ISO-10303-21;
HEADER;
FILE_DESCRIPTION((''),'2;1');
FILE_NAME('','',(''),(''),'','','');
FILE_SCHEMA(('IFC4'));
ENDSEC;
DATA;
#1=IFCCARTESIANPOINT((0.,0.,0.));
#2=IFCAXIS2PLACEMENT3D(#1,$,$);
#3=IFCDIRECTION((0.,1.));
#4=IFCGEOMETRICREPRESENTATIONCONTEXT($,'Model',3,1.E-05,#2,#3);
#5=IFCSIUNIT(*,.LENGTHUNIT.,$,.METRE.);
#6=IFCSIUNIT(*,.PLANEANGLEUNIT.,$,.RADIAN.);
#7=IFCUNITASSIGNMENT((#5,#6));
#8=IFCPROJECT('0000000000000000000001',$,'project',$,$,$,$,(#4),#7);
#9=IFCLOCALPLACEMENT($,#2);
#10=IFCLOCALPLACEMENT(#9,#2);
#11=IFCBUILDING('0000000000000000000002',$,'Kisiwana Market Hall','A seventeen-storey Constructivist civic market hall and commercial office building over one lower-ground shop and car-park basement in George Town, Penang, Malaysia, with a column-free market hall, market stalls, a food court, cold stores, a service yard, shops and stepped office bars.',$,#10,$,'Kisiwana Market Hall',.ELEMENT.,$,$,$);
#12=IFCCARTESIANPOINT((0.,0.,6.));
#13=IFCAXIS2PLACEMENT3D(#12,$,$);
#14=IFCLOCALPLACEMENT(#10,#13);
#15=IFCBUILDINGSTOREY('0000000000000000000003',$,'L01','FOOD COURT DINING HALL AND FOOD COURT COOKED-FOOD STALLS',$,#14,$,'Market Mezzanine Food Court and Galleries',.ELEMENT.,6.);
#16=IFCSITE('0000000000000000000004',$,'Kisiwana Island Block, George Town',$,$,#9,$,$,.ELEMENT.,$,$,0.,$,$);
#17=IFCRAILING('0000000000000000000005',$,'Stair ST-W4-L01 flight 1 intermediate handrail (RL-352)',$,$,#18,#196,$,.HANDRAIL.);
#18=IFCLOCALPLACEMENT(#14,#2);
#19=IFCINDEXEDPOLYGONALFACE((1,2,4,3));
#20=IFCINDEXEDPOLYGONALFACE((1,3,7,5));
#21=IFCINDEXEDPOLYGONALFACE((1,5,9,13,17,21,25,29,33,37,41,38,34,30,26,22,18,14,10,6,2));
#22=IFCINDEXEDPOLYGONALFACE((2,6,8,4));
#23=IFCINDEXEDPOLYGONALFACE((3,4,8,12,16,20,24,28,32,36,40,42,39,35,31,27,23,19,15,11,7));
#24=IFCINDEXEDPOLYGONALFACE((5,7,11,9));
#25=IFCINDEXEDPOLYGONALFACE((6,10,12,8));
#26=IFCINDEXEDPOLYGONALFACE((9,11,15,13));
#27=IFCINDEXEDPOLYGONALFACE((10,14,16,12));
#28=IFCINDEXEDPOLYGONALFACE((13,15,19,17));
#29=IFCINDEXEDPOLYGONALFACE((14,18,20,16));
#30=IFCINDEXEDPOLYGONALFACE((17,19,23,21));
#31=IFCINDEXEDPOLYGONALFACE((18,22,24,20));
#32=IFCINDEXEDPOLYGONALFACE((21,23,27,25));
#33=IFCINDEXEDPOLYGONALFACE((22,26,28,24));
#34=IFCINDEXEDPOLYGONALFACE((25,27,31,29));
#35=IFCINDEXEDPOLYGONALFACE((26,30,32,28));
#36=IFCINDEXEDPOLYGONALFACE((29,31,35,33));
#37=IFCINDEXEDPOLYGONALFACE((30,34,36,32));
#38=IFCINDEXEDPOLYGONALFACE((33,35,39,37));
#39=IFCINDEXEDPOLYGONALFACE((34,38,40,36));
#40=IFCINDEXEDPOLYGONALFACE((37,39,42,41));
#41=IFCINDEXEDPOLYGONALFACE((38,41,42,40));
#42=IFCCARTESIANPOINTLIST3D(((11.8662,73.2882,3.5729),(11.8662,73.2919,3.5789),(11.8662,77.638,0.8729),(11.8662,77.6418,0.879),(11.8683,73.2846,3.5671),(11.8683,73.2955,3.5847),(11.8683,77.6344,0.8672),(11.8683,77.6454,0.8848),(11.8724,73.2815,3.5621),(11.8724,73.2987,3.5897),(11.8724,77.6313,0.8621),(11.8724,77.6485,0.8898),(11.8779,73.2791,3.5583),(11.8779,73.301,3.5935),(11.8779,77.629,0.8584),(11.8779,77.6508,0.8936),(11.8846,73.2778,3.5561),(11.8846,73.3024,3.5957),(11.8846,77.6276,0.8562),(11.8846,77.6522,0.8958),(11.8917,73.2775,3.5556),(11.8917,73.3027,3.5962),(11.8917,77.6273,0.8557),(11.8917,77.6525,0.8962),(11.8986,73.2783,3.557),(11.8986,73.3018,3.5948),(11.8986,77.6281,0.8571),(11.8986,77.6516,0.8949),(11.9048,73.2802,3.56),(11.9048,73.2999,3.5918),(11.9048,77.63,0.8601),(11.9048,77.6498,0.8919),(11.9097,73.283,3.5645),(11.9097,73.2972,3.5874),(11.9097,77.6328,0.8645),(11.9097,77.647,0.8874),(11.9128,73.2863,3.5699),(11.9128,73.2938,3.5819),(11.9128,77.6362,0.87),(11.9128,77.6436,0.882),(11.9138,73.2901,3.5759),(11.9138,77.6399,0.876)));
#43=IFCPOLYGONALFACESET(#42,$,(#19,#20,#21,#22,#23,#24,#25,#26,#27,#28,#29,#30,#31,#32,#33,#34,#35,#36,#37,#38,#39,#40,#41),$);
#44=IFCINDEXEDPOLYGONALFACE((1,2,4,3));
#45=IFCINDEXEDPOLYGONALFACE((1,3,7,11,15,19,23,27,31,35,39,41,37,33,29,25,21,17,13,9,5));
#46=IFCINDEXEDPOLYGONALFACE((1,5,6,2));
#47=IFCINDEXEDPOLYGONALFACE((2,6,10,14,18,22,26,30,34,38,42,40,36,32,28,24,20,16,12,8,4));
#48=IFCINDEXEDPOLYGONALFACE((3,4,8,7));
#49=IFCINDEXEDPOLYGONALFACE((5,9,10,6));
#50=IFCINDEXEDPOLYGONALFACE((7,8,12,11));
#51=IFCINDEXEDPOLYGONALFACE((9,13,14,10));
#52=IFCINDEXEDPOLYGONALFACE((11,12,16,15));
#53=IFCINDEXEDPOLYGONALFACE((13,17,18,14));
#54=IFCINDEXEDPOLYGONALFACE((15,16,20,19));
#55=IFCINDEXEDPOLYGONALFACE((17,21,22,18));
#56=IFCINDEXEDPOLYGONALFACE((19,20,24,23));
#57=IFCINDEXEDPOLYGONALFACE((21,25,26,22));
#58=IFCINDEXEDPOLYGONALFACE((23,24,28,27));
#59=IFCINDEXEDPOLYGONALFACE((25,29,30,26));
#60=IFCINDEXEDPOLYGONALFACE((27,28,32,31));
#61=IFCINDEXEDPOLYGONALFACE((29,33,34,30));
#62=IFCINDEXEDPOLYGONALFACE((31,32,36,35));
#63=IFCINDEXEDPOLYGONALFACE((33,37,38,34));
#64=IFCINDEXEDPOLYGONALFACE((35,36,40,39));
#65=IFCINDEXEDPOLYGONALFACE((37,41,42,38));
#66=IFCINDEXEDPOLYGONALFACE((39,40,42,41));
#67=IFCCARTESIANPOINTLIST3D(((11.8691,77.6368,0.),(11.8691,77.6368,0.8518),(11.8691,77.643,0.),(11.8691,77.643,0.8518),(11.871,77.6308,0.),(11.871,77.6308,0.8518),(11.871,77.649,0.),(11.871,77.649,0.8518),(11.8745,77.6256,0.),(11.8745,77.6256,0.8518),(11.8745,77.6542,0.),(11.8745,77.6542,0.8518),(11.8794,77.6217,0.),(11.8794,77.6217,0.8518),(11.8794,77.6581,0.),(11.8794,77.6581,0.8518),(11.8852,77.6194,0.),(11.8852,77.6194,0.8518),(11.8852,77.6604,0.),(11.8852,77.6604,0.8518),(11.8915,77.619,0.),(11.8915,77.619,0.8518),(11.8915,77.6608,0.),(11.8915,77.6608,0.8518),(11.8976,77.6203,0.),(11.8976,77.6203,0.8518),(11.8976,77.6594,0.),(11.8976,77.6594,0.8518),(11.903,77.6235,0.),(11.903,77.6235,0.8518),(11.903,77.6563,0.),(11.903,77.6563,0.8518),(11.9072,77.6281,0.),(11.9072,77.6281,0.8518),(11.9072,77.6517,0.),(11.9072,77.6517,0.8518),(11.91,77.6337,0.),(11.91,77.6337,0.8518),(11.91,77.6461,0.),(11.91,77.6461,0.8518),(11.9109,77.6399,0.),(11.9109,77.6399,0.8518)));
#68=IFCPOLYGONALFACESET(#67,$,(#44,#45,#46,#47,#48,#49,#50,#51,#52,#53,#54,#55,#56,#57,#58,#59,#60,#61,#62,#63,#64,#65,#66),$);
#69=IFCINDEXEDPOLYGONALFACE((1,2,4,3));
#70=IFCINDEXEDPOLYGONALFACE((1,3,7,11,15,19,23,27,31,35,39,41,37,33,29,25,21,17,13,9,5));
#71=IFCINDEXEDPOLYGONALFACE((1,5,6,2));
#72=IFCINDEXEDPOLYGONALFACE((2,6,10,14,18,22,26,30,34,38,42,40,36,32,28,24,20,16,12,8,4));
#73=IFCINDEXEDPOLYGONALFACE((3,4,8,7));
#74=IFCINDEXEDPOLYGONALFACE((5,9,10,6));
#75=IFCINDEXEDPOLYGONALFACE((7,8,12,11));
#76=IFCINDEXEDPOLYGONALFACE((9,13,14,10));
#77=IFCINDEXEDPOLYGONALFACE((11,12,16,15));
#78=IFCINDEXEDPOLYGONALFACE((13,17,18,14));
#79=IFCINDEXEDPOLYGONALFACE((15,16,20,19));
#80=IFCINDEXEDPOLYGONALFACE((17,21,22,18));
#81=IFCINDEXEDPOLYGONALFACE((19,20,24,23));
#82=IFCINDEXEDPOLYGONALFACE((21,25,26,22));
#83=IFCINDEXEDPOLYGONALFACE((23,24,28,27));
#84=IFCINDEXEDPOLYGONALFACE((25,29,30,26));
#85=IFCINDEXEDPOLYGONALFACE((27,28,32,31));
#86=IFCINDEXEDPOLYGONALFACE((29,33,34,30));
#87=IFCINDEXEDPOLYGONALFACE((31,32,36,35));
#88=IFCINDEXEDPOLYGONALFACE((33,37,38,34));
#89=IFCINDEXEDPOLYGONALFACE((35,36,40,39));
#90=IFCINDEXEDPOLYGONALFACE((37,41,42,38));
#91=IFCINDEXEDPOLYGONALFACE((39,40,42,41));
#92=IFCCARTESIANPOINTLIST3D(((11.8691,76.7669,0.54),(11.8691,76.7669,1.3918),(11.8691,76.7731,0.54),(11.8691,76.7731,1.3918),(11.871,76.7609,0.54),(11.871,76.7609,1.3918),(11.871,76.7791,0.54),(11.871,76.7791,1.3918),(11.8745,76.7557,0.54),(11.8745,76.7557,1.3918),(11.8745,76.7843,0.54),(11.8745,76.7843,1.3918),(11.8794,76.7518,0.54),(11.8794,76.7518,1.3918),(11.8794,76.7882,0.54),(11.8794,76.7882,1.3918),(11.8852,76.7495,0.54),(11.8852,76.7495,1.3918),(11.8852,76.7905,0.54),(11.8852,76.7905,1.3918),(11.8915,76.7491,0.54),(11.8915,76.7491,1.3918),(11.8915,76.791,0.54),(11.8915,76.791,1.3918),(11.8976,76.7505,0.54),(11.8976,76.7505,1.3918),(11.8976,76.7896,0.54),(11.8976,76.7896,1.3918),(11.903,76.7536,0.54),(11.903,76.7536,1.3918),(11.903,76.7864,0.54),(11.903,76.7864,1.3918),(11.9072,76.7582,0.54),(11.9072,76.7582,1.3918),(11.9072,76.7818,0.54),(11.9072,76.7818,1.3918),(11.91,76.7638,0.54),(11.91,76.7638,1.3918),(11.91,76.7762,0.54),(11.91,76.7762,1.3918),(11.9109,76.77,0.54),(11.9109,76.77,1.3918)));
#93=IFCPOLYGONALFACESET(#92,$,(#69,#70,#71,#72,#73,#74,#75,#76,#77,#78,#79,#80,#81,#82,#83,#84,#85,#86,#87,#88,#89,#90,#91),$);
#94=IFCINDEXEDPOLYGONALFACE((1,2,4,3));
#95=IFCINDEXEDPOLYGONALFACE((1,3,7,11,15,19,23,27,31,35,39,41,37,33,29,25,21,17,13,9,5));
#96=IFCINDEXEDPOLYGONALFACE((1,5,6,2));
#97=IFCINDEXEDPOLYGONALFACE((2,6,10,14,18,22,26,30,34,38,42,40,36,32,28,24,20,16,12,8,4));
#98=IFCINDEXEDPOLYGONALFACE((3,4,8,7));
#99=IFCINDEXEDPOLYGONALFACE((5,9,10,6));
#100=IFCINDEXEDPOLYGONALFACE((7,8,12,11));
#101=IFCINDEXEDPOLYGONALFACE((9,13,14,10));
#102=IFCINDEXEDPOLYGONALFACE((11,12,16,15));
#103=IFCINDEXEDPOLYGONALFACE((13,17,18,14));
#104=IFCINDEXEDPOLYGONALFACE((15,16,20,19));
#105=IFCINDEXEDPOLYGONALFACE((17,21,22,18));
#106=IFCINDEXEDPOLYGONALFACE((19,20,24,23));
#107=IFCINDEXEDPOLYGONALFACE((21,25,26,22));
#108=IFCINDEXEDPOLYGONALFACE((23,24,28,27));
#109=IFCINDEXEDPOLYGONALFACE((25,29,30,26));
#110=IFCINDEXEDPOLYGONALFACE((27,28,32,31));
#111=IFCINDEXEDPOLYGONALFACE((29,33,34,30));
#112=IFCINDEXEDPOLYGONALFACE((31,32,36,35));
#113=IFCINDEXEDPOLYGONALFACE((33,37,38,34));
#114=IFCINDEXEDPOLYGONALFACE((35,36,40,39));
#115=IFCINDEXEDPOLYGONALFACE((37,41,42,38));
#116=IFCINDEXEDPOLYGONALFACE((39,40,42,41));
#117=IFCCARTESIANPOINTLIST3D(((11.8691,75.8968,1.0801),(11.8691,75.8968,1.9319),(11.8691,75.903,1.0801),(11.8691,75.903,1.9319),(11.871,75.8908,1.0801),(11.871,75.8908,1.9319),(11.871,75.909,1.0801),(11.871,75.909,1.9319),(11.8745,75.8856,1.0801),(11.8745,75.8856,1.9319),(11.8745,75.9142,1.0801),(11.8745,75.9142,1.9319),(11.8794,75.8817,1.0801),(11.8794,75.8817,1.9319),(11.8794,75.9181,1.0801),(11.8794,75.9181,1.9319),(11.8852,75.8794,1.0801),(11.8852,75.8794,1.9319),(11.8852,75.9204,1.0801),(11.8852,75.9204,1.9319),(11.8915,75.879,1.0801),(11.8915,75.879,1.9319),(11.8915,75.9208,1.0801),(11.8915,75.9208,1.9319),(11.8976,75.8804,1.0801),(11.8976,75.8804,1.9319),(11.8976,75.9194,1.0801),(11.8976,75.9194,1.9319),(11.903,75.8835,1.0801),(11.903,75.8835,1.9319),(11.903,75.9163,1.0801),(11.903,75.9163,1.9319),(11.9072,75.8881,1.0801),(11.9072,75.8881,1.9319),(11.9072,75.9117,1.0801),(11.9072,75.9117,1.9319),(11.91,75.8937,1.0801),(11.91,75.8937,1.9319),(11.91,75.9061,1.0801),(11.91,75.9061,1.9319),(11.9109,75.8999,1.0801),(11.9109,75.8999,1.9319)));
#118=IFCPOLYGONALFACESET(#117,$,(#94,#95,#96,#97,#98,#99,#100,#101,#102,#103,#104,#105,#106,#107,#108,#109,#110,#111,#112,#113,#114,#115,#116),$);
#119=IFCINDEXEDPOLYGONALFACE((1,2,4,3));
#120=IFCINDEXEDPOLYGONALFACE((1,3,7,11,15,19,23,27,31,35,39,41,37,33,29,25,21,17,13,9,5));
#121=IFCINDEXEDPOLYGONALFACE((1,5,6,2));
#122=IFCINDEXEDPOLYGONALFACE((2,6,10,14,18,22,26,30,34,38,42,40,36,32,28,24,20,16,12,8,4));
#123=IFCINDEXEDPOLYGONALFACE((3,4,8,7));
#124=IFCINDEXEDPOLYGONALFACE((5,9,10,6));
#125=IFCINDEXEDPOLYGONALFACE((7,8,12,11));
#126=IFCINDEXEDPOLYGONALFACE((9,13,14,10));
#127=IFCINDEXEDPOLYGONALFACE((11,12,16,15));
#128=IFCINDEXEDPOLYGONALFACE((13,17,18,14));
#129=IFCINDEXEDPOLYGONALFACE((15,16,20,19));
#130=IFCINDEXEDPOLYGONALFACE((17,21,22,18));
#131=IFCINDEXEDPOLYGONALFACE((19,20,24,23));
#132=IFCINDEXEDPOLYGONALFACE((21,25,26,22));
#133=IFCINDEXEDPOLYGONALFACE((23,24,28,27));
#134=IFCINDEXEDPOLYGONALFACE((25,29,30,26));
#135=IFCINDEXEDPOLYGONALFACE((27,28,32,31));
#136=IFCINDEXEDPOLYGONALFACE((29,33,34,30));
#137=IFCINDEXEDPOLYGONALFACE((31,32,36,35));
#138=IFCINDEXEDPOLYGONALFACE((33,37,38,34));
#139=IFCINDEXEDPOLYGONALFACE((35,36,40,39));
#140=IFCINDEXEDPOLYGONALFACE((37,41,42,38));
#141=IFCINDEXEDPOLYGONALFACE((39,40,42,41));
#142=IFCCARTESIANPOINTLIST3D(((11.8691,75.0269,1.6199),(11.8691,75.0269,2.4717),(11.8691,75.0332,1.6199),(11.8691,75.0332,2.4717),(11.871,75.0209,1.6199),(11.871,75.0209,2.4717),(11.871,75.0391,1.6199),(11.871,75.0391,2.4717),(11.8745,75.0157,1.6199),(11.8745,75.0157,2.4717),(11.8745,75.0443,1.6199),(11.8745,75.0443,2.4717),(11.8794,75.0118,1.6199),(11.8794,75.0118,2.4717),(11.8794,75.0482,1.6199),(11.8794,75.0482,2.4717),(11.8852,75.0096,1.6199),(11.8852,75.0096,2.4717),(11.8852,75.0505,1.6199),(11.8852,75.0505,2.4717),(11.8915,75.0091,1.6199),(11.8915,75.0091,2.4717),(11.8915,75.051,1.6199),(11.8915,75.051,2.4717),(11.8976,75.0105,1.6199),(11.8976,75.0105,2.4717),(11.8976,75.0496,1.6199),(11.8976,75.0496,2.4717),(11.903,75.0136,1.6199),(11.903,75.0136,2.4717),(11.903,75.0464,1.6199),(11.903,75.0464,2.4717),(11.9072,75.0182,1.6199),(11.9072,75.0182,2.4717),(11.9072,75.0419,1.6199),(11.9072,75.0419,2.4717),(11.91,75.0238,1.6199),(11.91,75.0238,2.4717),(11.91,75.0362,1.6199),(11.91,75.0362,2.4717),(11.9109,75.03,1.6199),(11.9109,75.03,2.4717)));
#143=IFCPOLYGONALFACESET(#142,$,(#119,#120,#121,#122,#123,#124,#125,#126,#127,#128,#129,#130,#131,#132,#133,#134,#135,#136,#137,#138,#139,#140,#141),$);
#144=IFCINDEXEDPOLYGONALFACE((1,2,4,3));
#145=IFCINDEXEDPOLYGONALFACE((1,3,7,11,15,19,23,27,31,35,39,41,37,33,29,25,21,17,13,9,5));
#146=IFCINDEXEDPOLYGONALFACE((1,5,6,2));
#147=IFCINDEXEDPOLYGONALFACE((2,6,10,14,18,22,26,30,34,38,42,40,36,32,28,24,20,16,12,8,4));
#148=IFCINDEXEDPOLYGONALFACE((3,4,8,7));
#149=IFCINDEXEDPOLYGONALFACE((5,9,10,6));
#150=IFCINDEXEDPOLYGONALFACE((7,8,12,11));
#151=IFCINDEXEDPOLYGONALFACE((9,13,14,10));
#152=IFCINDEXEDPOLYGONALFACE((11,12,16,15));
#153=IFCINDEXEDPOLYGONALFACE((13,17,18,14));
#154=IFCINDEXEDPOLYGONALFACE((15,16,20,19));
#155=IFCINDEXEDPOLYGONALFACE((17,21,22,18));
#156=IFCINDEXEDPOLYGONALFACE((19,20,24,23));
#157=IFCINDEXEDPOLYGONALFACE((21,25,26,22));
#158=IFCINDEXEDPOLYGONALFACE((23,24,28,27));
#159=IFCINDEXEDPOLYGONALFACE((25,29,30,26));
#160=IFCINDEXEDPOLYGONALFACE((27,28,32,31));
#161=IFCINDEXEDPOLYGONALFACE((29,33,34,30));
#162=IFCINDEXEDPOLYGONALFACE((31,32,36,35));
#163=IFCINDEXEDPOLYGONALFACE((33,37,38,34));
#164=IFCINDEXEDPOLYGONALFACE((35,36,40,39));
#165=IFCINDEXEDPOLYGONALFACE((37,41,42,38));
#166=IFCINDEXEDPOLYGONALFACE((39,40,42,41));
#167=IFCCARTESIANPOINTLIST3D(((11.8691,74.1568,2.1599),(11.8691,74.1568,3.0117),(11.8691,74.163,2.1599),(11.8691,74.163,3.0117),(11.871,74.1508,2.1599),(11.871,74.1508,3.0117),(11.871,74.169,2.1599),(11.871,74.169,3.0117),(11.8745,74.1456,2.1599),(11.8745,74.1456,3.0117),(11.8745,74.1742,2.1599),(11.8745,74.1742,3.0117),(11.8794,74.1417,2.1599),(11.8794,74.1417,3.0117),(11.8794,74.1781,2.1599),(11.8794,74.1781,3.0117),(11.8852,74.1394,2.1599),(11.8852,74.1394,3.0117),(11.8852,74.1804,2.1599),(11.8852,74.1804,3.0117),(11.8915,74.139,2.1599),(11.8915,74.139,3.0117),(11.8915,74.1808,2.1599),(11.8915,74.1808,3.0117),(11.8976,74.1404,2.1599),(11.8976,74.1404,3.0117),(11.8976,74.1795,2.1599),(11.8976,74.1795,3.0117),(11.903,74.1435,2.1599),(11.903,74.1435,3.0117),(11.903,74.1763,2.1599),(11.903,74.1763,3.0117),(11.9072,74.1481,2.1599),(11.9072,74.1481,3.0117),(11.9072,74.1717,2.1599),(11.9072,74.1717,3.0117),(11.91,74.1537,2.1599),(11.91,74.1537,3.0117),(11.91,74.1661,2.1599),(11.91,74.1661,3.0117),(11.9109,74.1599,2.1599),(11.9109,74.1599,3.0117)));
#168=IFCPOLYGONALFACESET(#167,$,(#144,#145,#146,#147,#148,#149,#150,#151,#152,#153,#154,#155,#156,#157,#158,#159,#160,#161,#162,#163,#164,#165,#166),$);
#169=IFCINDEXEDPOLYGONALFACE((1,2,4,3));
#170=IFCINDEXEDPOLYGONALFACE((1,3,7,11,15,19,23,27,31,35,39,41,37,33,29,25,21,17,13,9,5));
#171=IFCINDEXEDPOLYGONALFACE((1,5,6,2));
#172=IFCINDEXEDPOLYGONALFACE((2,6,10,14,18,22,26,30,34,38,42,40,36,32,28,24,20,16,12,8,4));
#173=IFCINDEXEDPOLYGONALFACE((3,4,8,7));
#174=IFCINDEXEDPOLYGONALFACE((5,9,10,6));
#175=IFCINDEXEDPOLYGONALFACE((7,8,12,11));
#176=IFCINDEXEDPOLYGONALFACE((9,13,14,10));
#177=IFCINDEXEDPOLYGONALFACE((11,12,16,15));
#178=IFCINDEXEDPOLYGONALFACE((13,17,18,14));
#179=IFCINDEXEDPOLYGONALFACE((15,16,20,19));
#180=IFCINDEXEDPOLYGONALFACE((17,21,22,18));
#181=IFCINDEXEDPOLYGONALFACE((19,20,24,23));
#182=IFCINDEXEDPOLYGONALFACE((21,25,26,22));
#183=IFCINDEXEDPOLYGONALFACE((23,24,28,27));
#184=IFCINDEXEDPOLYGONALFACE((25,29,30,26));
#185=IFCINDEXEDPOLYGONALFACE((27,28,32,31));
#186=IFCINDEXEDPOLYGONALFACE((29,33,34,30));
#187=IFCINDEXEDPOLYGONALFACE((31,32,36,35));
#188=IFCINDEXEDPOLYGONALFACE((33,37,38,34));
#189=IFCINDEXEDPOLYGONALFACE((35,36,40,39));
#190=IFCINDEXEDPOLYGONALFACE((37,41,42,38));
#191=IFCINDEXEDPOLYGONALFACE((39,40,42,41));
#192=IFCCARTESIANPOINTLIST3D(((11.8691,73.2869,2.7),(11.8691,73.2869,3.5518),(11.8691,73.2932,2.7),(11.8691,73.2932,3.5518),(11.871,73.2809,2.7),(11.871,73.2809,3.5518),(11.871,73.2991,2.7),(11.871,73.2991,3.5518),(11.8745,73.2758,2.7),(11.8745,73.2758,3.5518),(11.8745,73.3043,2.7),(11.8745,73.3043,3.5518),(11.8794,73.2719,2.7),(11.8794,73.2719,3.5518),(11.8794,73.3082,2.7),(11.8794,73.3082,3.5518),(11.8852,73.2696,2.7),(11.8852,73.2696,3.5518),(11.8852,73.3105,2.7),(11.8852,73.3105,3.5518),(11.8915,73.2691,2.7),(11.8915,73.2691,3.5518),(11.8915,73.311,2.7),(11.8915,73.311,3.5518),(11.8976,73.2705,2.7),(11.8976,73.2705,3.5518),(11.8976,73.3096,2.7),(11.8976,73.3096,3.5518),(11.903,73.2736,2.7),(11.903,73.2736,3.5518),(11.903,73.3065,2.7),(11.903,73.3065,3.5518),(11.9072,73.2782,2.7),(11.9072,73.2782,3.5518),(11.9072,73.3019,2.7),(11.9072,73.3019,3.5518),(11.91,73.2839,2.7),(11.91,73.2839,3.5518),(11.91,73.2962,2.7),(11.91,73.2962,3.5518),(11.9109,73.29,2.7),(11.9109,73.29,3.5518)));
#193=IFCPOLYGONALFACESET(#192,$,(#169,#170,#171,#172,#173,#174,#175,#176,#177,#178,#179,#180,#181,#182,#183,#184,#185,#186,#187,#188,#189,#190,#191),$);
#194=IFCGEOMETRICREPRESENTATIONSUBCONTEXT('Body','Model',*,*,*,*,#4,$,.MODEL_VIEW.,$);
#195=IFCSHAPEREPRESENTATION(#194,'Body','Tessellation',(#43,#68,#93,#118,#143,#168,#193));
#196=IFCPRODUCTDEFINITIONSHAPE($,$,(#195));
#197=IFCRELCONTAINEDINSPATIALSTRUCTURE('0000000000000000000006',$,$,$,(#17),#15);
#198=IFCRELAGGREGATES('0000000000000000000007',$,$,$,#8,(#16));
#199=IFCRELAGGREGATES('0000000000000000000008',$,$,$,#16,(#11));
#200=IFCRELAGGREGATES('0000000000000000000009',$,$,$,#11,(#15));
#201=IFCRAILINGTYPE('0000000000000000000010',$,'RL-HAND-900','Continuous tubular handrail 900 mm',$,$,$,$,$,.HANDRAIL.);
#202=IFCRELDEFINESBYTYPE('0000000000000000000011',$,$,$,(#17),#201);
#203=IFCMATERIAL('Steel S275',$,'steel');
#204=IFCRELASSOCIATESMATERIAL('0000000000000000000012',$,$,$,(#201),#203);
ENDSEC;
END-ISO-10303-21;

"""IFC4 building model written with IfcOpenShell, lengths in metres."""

from ifc_helpers import new_model, si_unit, direction, frame, origin, origin_2d, place, context, subcontext, project, spatial, circle, extrude, material, type_object, element, save


model = new_model("IFC4")

# Units and contexts
model_context = context("Model", 3, precision=1e-05, world=origin(), true_north=direction((0.0, 1.0)))
body_context = subcontext(model_context, "Body", "Model", "MODEL_VIEW")
ifc_project = project(units=[si_unit("LENGTHUNIT", "METRE"), si_unit("PLANEANGLEUNIT", "RADIAN")], contexts=[model_context])

# Site, building, storey
site_placement = place(None, origin())
site = spatial("IfcSite", under=ifc_project, at=site_placement, Name="Kisiwana Island Block, George Town", CompositionType="ELEMENT", RefElevation=0.0)
building_placement = place(site_placement, origin())
building = spatial("IfcBuilding", under=site, at=building_placement, Name="Kisiwana Market Hall", Description="A seventeen-storey Constructivist civic market hall and commercial office building over one lower-ground shop and car-park basement in George Town, Penang, Malaysia, with a column-free market hall, market stalls, a food court, cold stores, a service yard, shops and stepped office bars.", LongName="Kisiwana Market Hall", CompositionType="ELEMENT")
storey_placement = place(building_placement, frame((0.0, 0.0, 6.0)))
storey = spatial("IfcBuildingStorey", under=building, at=storey_placement, Name="L01", Description="FOOD COURT DINING HALL AND FOOD COURT COOKED-FOOD STALLS", LongName="Market Mezzanine Food Court and Galleries", CompositionType="ELEMENT", Elevation=6.0)

# Railing
ifc_material_1 = material(Name="Steel S275", Category="steel")
railing_type_1 = type_object("IfcRailingType", Name="RL-HAND-900", Description="Continuous tubular handrail 900 mm", PredefinedType="HANDRAIL", material=ifc_material_1)
for number, where, name in (
    (1, (11.8899, 77.6399, 0.0), "Stair ST-W4-L01 flight 1 intermediate handrail (RL-352)"),
):
    element("IfcRailing", number, at=place(storey_placement, frame(where)), inside=storey, type_object=railing_type_1, Name=name, PredefinedType="HANDRAIL", context=body_context, shape_type="SweptSolid", body=[
        extrude(circle(Radius=0.0239, at=origin_2d()), frame((0.0, 0.0, 0.876), z_axis=(0.0, -0.849636, 0.527369), x_axis=(1.0, 0.0, 0.0)), (0.0, 0.0, 1.0), 5.1196),
        extrude(circle(Radius=0.021, at=origin_2d()), origin(), (0.0, 0.0, 1.0), 0.8518),
        extrude(circle(Radius=0.021, at=origin_2d()), frame((0.0, -0.8699, 0.54)), (0.0, 0.0, 1.0), 0.8518),
        extrude(circle(Radius=0.021, at=origin_2d()), frame((0.0, -1.74, 1.0801)), (0.0, 0.0, 1.0), 0.8518),
        extrude(circle(Radius=0.021, at=origin_2d()), frame((0.0, -2.6099, 1.6199)), (0.0, 0.0, 1.0), 0.8518),
        extrude(circle(Radius=0.021, at=origin_2d()), frame((0.0, -3.48, 2.1599)), (0.0, 0.0, 1.0), 0.8518),
        extrude(circle(Radius=0.021, at=origin_2d()), frame((0.0, -4.3499, 2.7)), (0.0, 0.0, 1.0), 0.8518),
    ])

save(model, "model.ifc")
